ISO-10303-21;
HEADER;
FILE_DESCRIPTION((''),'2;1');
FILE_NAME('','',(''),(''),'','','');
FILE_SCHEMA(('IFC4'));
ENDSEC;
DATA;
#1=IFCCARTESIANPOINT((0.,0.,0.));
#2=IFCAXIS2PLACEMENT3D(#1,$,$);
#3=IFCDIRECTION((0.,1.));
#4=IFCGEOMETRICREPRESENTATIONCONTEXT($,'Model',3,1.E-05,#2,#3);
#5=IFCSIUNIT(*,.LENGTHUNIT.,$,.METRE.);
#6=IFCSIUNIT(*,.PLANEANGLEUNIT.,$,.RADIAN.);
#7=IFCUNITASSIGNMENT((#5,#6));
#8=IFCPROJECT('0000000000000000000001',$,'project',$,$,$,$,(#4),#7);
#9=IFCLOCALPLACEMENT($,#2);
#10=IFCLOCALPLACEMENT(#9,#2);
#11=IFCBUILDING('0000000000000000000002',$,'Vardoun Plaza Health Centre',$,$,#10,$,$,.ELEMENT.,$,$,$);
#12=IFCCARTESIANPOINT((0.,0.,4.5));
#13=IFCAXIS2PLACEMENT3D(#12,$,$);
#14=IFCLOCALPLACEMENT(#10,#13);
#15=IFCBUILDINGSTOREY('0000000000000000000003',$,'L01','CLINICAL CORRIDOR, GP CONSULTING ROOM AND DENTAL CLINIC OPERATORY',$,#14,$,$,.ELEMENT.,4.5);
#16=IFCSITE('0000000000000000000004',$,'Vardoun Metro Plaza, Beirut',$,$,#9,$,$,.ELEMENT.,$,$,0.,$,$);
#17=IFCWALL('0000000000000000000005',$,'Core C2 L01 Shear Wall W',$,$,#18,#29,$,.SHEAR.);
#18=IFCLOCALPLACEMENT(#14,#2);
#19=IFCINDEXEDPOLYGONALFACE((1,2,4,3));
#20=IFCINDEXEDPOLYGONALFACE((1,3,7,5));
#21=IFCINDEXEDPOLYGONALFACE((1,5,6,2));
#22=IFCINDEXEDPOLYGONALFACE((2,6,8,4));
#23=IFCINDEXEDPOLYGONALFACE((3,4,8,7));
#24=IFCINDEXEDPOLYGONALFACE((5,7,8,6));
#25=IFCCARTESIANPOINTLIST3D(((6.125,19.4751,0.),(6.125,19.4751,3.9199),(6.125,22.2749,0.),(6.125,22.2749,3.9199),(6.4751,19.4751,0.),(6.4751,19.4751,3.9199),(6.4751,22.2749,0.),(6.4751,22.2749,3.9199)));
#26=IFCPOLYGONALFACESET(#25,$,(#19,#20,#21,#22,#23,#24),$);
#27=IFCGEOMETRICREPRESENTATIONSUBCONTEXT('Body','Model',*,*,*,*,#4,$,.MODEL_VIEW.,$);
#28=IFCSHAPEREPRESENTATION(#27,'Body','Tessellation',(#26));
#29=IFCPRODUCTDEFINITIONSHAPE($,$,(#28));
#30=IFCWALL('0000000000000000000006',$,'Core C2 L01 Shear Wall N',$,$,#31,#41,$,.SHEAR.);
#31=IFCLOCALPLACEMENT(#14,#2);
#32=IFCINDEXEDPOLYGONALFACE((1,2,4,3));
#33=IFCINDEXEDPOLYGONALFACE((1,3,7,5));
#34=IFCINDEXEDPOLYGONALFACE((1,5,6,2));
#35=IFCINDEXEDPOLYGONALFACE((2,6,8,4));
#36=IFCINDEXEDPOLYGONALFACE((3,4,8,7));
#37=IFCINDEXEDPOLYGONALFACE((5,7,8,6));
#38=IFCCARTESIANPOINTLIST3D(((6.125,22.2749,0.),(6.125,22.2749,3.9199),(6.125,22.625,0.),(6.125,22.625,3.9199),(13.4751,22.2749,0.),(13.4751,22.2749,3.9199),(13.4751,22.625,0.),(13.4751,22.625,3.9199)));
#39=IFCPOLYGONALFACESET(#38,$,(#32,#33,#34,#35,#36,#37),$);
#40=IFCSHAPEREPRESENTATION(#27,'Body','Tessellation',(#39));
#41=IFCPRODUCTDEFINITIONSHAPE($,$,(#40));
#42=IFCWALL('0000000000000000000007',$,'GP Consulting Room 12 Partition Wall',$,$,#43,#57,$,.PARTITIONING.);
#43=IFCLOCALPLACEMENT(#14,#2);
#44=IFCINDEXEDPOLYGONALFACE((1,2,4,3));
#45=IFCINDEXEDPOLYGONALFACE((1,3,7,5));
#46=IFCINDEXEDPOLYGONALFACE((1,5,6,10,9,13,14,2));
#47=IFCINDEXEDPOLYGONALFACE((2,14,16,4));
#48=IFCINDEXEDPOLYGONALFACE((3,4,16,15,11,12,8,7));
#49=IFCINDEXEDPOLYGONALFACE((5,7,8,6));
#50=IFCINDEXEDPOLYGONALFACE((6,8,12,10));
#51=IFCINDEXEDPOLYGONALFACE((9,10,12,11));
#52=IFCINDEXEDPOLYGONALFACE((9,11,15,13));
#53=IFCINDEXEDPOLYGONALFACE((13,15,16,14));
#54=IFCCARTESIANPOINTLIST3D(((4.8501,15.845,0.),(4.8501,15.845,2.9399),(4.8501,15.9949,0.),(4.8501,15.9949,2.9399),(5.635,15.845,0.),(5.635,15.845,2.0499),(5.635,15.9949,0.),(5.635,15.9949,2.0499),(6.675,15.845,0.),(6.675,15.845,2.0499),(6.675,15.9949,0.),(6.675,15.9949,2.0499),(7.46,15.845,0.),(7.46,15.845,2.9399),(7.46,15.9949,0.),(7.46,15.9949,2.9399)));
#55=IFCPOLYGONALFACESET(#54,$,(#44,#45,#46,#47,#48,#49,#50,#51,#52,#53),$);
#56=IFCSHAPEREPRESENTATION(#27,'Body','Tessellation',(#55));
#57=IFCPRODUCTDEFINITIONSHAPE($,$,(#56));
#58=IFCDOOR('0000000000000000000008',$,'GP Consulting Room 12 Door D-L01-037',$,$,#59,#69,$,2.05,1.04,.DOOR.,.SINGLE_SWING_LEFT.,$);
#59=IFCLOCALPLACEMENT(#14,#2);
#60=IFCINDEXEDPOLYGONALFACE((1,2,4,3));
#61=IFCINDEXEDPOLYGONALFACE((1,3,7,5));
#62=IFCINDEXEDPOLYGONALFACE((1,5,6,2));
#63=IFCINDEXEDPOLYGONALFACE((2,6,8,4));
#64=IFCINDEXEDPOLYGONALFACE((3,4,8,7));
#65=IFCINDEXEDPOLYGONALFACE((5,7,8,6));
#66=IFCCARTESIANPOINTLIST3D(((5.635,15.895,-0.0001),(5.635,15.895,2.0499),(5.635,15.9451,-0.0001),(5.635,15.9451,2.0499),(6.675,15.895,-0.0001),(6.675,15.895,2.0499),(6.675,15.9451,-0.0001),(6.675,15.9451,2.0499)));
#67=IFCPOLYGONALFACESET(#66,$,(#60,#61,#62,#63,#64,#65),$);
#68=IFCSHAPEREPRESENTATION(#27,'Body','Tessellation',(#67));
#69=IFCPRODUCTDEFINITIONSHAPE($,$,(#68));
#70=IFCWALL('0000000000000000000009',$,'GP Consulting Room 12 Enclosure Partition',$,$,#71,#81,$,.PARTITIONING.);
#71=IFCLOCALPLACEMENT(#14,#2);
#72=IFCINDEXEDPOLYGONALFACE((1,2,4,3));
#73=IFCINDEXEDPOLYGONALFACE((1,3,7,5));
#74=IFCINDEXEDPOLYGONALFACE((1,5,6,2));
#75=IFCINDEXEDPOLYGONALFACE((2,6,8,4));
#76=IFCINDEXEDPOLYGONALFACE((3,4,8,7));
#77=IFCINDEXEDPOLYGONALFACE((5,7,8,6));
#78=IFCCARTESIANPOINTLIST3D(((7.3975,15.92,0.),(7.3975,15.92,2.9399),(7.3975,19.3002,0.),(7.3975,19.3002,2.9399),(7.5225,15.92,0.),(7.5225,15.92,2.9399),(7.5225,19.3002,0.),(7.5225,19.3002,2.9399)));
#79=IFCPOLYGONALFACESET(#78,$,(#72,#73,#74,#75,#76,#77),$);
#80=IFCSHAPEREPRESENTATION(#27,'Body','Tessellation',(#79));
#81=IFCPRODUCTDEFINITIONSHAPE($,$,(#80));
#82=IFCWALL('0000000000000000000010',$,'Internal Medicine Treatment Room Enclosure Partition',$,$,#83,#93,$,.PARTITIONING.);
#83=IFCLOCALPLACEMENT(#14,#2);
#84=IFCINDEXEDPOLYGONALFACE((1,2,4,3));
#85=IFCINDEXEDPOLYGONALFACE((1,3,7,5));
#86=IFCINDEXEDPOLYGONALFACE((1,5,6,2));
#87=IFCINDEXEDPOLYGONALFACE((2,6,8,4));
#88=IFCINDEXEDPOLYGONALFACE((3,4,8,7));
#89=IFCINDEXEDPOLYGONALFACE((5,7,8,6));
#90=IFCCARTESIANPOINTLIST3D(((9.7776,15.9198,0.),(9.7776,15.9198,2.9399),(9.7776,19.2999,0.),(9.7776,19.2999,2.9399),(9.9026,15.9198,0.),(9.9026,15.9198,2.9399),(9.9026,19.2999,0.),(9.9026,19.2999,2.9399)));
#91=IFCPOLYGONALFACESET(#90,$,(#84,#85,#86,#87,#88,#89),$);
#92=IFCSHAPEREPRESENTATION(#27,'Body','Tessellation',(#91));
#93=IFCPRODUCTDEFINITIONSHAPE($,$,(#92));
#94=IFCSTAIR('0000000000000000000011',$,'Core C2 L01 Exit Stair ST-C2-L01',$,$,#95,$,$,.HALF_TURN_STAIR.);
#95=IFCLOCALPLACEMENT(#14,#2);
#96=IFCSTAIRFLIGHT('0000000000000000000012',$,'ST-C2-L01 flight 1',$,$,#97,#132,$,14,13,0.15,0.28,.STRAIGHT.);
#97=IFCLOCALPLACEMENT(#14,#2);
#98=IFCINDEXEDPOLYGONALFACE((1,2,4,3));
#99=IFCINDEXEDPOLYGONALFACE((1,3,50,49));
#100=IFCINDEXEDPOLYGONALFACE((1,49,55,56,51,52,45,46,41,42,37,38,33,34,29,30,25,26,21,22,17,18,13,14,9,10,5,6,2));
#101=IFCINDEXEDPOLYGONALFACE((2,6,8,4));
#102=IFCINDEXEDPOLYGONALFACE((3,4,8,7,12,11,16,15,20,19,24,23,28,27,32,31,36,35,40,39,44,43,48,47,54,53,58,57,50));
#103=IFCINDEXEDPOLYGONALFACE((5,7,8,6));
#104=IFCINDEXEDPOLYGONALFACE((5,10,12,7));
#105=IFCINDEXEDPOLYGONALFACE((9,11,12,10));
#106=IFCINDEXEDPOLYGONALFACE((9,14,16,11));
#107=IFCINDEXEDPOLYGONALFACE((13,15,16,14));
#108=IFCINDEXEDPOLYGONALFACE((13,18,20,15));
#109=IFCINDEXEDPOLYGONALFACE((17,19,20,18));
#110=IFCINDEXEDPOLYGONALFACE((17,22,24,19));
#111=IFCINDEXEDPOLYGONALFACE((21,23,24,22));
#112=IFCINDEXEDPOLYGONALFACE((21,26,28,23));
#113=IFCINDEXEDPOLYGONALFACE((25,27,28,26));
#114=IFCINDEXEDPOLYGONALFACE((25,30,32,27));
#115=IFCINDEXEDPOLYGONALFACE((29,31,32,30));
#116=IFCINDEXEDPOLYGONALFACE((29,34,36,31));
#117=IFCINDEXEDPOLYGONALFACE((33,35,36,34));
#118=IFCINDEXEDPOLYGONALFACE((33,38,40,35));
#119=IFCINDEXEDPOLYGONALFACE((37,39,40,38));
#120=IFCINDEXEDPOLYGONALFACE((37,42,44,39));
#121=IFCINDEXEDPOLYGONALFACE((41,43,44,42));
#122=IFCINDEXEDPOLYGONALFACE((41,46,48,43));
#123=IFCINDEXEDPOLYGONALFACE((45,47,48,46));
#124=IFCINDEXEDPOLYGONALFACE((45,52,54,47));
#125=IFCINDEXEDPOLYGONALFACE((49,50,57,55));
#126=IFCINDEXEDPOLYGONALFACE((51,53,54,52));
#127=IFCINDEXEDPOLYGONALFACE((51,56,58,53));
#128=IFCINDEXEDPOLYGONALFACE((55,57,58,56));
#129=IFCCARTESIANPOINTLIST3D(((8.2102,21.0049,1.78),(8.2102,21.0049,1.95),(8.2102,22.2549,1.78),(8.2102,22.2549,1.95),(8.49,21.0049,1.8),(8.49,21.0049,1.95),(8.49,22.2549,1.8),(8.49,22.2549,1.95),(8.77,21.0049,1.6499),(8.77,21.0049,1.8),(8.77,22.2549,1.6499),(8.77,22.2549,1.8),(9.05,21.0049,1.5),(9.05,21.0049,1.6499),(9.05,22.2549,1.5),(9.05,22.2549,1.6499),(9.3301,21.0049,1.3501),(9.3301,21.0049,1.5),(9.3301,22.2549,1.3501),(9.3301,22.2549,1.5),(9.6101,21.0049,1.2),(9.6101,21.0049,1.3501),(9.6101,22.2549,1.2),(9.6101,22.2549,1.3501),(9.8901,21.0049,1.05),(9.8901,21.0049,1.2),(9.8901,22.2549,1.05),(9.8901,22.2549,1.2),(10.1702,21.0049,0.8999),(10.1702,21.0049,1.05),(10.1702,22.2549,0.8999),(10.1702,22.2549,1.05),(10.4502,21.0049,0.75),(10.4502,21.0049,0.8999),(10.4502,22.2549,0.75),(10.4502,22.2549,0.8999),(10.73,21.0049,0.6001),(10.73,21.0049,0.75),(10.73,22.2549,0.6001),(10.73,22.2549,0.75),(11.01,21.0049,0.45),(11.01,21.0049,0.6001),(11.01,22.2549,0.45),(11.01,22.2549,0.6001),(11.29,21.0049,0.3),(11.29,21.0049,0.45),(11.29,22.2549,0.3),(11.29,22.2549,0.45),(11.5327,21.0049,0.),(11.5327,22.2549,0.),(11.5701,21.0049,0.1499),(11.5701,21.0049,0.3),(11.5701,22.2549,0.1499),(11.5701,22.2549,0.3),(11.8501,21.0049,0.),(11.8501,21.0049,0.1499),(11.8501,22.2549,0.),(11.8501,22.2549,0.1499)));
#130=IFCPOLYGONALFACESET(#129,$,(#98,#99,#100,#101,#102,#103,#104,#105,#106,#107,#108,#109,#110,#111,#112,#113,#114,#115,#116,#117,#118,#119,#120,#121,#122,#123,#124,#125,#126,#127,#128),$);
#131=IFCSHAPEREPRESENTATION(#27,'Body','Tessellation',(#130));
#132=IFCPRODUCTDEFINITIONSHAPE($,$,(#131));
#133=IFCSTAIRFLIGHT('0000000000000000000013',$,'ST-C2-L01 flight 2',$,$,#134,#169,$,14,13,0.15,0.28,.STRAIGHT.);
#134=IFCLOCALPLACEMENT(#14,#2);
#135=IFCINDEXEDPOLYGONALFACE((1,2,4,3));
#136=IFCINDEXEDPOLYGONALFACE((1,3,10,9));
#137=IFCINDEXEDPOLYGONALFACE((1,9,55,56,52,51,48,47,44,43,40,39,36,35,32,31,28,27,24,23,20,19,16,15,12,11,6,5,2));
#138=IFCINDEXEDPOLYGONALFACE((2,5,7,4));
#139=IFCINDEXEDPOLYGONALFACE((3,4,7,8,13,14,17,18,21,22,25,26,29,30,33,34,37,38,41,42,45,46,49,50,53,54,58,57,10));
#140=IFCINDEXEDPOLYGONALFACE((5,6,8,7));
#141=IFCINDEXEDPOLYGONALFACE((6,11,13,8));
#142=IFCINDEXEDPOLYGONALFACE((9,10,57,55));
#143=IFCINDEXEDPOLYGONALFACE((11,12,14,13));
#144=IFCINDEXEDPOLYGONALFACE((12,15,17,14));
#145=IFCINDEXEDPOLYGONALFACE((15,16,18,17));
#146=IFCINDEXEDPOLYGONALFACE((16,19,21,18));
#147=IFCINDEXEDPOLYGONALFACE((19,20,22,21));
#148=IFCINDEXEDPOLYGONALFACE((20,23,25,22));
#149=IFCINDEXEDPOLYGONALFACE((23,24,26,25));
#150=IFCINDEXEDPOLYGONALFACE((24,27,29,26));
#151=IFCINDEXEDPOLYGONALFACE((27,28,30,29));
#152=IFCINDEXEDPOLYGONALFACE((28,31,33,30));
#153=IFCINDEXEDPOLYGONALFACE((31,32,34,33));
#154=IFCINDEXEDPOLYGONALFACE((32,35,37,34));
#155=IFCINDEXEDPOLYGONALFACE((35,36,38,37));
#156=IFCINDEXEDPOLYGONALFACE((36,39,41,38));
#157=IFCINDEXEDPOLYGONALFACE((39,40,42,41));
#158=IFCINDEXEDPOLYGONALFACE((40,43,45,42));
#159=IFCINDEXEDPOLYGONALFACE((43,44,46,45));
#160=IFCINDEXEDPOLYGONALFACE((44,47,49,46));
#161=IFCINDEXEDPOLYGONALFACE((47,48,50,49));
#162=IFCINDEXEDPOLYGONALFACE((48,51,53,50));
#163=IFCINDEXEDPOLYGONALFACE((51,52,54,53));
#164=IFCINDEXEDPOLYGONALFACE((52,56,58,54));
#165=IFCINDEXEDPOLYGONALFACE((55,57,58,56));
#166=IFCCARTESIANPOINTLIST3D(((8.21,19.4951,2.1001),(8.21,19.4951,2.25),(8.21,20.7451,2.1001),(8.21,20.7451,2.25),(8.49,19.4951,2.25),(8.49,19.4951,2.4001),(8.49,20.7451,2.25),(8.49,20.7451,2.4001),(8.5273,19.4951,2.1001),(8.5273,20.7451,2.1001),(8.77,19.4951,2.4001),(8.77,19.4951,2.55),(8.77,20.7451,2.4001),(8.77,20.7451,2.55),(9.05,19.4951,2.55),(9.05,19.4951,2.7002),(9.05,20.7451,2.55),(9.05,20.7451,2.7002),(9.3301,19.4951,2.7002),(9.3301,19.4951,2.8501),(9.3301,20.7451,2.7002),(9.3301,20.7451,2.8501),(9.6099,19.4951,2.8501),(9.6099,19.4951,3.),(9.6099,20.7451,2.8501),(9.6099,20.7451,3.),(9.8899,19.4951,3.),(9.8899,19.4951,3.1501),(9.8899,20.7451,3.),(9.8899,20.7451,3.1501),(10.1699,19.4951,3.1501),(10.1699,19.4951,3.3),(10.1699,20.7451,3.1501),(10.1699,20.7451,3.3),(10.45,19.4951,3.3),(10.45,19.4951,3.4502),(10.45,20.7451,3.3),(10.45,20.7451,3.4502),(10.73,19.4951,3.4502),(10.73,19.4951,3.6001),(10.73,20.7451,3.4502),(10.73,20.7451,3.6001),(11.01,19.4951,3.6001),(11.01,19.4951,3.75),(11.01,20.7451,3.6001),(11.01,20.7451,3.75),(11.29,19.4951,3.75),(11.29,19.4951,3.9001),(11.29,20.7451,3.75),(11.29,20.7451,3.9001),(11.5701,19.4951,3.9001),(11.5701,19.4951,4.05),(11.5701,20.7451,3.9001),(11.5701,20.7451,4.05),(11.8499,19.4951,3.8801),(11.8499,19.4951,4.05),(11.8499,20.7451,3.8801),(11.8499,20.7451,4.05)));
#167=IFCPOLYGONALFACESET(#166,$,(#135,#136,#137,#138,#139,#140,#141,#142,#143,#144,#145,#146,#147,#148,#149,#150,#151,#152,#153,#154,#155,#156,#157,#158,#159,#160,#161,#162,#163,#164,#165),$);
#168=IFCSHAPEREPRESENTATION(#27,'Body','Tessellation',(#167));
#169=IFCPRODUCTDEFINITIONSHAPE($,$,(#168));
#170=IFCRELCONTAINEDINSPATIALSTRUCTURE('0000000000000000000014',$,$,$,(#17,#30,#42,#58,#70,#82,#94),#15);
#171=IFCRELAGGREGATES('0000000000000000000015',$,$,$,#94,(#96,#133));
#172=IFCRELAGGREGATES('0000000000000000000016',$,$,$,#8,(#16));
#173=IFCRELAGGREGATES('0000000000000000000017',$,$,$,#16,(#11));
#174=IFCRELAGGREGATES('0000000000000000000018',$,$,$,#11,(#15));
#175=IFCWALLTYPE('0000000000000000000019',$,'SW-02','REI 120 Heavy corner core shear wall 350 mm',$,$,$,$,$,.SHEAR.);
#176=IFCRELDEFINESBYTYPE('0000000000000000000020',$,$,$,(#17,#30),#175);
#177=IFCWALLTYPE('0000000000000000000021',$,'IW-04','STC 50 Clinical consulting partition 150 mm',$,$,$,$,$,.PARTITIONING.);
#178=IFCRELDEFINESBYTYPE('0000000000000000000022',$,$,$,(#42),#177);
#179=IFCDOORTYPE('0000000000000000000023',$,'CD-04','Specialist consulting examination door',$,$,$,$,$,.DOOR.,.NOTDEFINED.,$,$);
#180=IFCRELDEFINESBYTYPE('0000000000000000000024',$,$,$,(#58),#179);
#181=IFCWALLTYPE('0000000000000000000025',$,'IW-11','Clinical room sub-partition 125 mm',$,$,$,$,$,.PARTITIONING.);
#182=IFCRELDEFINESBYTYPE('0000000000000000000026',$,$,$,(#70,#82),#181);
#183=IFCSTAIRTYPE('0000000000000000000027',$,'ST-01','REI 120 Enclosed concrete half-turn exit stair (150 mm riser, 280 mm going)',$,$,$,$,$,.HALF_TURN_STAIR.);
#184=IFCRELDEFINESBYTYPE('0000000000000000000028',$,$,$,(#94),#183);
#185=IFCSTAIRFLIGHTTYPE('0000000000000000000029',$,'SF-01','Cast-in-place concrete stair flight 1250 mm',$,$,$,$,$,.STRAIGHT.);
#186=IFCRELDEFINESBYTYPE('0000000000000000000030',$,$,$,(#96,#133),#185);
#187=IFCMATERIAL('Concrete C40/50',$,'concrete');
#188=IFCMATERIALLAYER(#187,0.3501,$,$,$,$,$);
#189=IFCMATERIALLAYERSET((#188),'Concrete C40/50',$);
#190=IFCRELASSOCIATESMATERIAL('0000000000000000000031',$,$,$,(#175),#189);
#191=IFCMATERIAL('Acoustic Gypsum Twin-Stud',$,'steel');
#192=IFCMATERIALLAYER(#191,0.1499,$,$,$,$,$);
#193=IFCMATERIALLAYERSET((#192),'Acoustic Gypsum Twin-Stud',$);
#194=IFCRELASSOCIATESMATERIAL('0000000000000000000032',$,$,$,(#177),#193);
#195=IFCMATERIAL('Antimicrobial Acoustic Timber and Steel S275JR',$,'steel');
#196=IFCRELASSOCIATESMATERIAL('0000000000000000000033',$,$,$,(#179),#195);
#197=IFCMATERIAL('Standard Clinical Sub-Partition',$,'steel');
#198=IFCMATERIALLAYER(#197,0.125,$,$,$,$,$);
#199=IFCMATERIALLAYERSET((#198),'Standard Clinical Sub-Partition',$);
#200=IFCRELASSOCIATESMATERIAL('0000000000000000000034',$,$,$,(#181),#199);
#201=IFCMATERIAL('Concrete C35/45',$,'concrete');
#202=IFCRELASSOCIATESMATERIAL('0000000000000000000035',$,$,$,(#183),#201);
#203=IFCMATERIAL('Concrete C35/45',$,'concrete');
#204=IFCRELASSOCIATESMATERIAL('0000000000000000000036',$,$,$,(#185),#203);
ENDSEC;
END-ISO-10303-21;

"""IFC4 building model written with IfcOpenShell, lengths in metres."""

from ifc_helpers import new_model, si_unit, direction, frame, frame_2d, origin, place, context, subcontext, project, spatial, polyline, rectangle, outline, extrude, material, layer, layer_set, type_object, element, fill, aggregate, save


model = new_model("IFC4")

# Units and contexts
model_context = context("Model", 3, precision=1e-05, world=origin(), true_north=direction((0.0, 1.0)))
body_context = subcontext(model_context, "Body", "Model", "MODEL_VIEW")
ifc_project = project(units=[si_unit("LENGTHUNIT", "METRE"), si_unit("PLANEANGLEUNIT", "RADIAN")], contexts=[model_context])

# Site, building, storey
site_placement = place(None, origin())
site = spatial("IfcSite", under=ifc_project, at=site_placement, Name="Vardoun Metro Plaza, Beirut", CompositionType="ELEMENT", RefElevation=0.0)
building_placement = place(site_placement, origin())
building = spatial("IfcBuilding", under=site, at=building_placement, Name="Vardoun Plaza Health Centre", CompositionType="ELEMENT")
storey_placement = place(building_placement, frame((0.0, 0.0, 4.5)))
storey = spatial("IfcBuildingStorey", under=building, at=storey_placement, Name="L01", Description="CLINICAL CORRIDOR, GP CONSULTING ROOM AND DENTAL CLINIC OPERATORY", CompositionType="ELEMENT", Elevation=4.5)

# Walls
ifc_material_1 = material(Name="Concrete C40/50", Category="concrete")
ifc_layer_1 = layer(ifc_material_1, 0.3501)
ifc_layer_set_1 = layer_set([ifc_layer_1], Name="Concrete C40/50")
wall_type_1 = type_object("IfcWallType", Name="SW-02", Description="REI 120 Heavy corner core shear wall 350 mm", PredefinedType="SHEAR", material=ifc_layer_set_1)
wall_1_placement = place(storey_placement, frame((6.3, 19.4751, 0.0), z_axis=(0.0, 0.0, 1.0), x_axis=(0.0, 1.0, 0.0)))
element("IfcWall", 1, at=wall_1_placement, inside=storey, type_object=wall_type_1, Name="Core C2 L01 Shear Wall W", PredefinedType="SHEAR", context=body_context, shape_type="SweptSolid", body=[
    extrude(rectangle(XDim=2.7998, YDim=0.3501, at=frame_2d((1.3999, 0.0))), origin(), (0.0, 0.0, 1.0), 3.9199),
])
wall_2_placement = place(storey_placement, frame((6.125, 22.45, 0.0), z_axis=(0.0, 0.0, 1.0), x_axis=(1.0, 0.0, 0.0)))
element("IfcWall", 2, at=wall_2_placement, inside=storey, type_object=wall_type_1, Name="Core C2 L01 Shear Wall N", PredefinedType="SHEAR", context=body_context, shape_type="SweptSolid", body=[
    extrude(rectangle(XDim=7.3501, YDim=0.3501, at=frame_2d((3.675, 0.0))), origin(), (0.0, 0.0, 1.0), 3.9199),
])

# Wall, opening, door
ifc_material_2 = material(Name="Acoustic Gypsum Twin-Stud", Category="steel")
ifc_layer_2 = layer(ifc_material_2, 0.1499)
ifc_layer_set_2 = layer_set([ifc_layer_2], Name="Acoustic Gypsum Twin-Stud")
wall_type_2 = type_object("IfcWallType", Name="IW-04", Description="STC 50 Clinical consulting partition 150 mm", PredefinedType="PARTITIONING", material=ifc_layer_set_2)
wall_3_placement = place(storey_placement, frame((7.46, 15.9199, 0.0), z_axis=(0.0, 0.0, 1.0), x_axis=(-1.0, 0.0, 0.0)))
wall_3 = element("IfcWall", 3, at=wall_3_placement, inside=storey, type_object=wall_type_2, Name="GP Consulting Room 12 Partition Wall", PredefinedType="PARTITIONING", context=body_context, shape_type="SweptSolid", body=[
    extrude(rectangle(XDim=2.6099, YDim=0.1499, at=frame_2d((1.3049, 0.0))), origin(), (0.0, 0.0, 1.0), 2.9399),
])
opening_1_placement = place(wall_3_placement, frame((0.7849, 0.0, 0.0)))
opening_1 = element("IfcOpeningElement", 4, at=opening_1_placement, cuts=wall_3, PredefinedType="OPENING", context=body_context, shape_type="SweptSolid", body=[
    extrude(rectangle(XDim=1.04, YDim=2.05, at=frame_2d((0.52, 1.0249))), frame((0.0, 0.075, 0.0), z_axis=(0.0, -1.0, 0.0), x_axis=(1.0, 0.0, 0.0)), (0.0, 0.0, 1.0), 0.1499),
])
ifc_material_3 = material(Name="Antimicrobial Acoustic Timber and Steel S275JR", Category="steel")
door_type_1 = type_object("IfcDoorType", Name="CD-04", Description="Specialist consulting examination door", OperationType="NOTDEFINED", PredefinedType="DOOR", material=ifc_material_3)
door_1_placement = place(opening_1_placement, origin())
door_1 = element("IfcDoor", 5, at=door_1_placement, inside=storey, type_object=door_type_1, Name="GP Consulting Room 12 Door D-L01-037", OperationType="SINGLE_SWING_LEFT", OverallHeight=2.05, OverallWidth=1.04, PredefinedType="DOOR", context=body_context, shape_type="SweptSolid", body=[
    extrude(rectangle(XDim=1.04, YDim=2.05, at=frame_2d((0.52, 1.0249))), frame((0.0, 0.0249, 0.0), z_axis=(0.0, -1.0, 0.0), x_axis=(1.0, 0.0, 0.0)), (0.0, 0.0, 1.0), 0.05),
])
fill(opening_1, door_1)

# Walls
ifc_material_4 = material(Name="Standard Clinical Sub-Partition", Category="steel")
ifc_layer_3 = layer(ifc_material_4, 0.125)
ifc_layer_set_3 = layer_set([ifc_layer_3], Name="Standard Clinical Sub-Partition")
wall_type_3 = type_object("IfcWallType", Name="IW-11", Description="Clinical room sub-partition 125 mm", PredefinedType="PARTITIONING", material=ifc_layer_set_3)
for number, where, z_axis, x_axis, name in (
    (6, (7.46, 19.3, 0.0), (0.0, 0.0, 1.0), (0.0, -1.0, 0.0), "GP Consulting Room 12 Enclosure Partition"),
    (7, (9.8401, 15.9199, 0.0), (0.0, 0.0, 1.0), (0.0, 1.0, 0.0), "Internal Medicine Treatment Room Enclosure Partition"),
):
    element("IfcWall", number, at=place(storey_placement, frame(where, z_axis=z_axis, x_axis=x_axis)), inside=storey, type_object=wall_type_3, Name=name, PredefinedType="PARTITIONING", context=body_context, shape_type="SweptSolid", body=[
        extrude(rectangle(XDim=3.3801, YDim=0.125, at=frame_2d((1.6899, 0.0))), origin(), (0.0, 0.0, 1.0), 2.9399),
    ])

# Stair, stair flights
ifc_material_5 = material(Name="Concrete C35/45", Category="concrete")
stair_type = type_object("IfcStairType", Name="ST-01", Description="REI 120 Enclosed concrete half-turn exit stair (150 mm riser, 280 mm going)", PredefinedType="HALF_TURN_STAIR", material=ifc_material_5)
stair_placement = place(storey_placement, origin())
stair = element("IfcStair", 8, at=stair_placement, inside=storey, type_object=stair_type, Name="Core C2 L01 Exit Stair ST-C2-L01", PredefinedType="HALF_TURN_STAIR")
ifc_material_6 = material(Name="Concrete C35/45", Category="concrete")
stair_flight_type = type_object("IfcStairFlightType", Name="SF-01", Description="Cast-in-place concrete stair flight 1250 mm", PredefinedType="STRAIGHT", material=ifc_material_6)
stair_flight_1_placement = place(storey_placement, frame((11.8501, 21.6299, 0.0), z_axis=(0.0, 0.0, 1.0), x_axis=(-1.0, 0.0, 0.0)))
stair_flight_1 = element("IfcStairFlight", 9, at=stair_flight_1_placement, type_object=stair_flight_type, Name="ST-C2-L01 flight 1", NumberOfRisers=14, NumberOfTreads=13, PredefinedType="STRAIGHT", RiserHeight=0.15, TreadLength=0.28, context=body_context, shape_type="SweptSolid", body=[
    extrude(outline(polyline([(0.0, 0.0), (0.0, 0.1499), (0.28, 0.1499), (0.28, 0.3), (0.5601, 0.3), (0.5601, 0.45), (0.8401, 0.45), (0.8401, 0.6001), (1.1201, 0.6001), (1.1201, 0.75), (1.3999, 0.75), (1.3999, 0.8999), (1.6799, 0.8999), (1.6799, 1.05), (1.96, 1.05), (1.96, 1.2), (2.24, 1.2), (2.24, 1.3501), (2.52, 1.3501), (2.52, 1.5), (2.8, 1.5), (2.8, 1.6499), (3.0801, 1.6499), (3.0801, 1.8), (3.3601, 1.8), (3.3601, 1.95), (3.6399, 1.95), (3.6399, 2.1001), (3.6399, 1.78), (0.3174, 0.0), (0.0, 0.0)])), frame((0.0, 0.625, 0.0), z_axis=(0.0, -1.0, 0.0), x_axis=(1.0, 0.0, 0.0)), (0.0, 0.0, 1.0), 1.25),
])
stair_flight_2_placement = place(storey_placement, frame((8.21, 20.1201, 2.1001), z_axis=(0.0, 0.0, 1.0), x_axis=(1.0, 0.0, 0.0)))
stair_flight_2 = element("IfcStairFlight", 10, at=stair_flight_2_placement, type_object=stair_flight_type, Name="ST-C2-L01 flight 2", NumberOfRisers=14, NumberOfTreads=13, PredefinedType="STRAIGHT", RiserHeight=0.15, TreadLength=0.28, context=body_context, shape_type="SweptSolid", body=[
    extrude(outline(polyline([(0.0, 0.0), (0.0, 0.1499), (0.28, 0.1499), (0.28, 0.3), (0.5601, 0.3), (0.5601, 0.45), (0.8401, 0.45), (0.8401, 0.6001), (1.1201, 0.6001), (1.1201, 0.75), (1.3999, 0.75), (1.3999, 0.8999), (1.6799, 0.8999), (1.6799, 1.05), (1.96, 1.05), (1.96, 1.2), (2.24, 1.2), (2.24, 1.3501), (2.52, 1.3501), (2.52, 1.5), (2.8, 1.5), (2.8, 1.6499), (3.0801, 1.6499), (3.0801, 1.8), (3.3601, 1.8), (3.3601, 1.95), (3.6399, 1.95), (3.6399, 2.1001), (3.6399, 1.78), (0.3174, 0.0), (0.0, 0.0)])), frame((0.0, 0.625, 0.0), z_axis=(0.0, -1.0, 0.0), x_axis=(1.0, 0.0, 0.0)), (0.0, 0.0, 1.0), 1.25),
])
aggregate(stair, [stair_flight_1, stair_flight_2])

save(model, "model.ifc")
